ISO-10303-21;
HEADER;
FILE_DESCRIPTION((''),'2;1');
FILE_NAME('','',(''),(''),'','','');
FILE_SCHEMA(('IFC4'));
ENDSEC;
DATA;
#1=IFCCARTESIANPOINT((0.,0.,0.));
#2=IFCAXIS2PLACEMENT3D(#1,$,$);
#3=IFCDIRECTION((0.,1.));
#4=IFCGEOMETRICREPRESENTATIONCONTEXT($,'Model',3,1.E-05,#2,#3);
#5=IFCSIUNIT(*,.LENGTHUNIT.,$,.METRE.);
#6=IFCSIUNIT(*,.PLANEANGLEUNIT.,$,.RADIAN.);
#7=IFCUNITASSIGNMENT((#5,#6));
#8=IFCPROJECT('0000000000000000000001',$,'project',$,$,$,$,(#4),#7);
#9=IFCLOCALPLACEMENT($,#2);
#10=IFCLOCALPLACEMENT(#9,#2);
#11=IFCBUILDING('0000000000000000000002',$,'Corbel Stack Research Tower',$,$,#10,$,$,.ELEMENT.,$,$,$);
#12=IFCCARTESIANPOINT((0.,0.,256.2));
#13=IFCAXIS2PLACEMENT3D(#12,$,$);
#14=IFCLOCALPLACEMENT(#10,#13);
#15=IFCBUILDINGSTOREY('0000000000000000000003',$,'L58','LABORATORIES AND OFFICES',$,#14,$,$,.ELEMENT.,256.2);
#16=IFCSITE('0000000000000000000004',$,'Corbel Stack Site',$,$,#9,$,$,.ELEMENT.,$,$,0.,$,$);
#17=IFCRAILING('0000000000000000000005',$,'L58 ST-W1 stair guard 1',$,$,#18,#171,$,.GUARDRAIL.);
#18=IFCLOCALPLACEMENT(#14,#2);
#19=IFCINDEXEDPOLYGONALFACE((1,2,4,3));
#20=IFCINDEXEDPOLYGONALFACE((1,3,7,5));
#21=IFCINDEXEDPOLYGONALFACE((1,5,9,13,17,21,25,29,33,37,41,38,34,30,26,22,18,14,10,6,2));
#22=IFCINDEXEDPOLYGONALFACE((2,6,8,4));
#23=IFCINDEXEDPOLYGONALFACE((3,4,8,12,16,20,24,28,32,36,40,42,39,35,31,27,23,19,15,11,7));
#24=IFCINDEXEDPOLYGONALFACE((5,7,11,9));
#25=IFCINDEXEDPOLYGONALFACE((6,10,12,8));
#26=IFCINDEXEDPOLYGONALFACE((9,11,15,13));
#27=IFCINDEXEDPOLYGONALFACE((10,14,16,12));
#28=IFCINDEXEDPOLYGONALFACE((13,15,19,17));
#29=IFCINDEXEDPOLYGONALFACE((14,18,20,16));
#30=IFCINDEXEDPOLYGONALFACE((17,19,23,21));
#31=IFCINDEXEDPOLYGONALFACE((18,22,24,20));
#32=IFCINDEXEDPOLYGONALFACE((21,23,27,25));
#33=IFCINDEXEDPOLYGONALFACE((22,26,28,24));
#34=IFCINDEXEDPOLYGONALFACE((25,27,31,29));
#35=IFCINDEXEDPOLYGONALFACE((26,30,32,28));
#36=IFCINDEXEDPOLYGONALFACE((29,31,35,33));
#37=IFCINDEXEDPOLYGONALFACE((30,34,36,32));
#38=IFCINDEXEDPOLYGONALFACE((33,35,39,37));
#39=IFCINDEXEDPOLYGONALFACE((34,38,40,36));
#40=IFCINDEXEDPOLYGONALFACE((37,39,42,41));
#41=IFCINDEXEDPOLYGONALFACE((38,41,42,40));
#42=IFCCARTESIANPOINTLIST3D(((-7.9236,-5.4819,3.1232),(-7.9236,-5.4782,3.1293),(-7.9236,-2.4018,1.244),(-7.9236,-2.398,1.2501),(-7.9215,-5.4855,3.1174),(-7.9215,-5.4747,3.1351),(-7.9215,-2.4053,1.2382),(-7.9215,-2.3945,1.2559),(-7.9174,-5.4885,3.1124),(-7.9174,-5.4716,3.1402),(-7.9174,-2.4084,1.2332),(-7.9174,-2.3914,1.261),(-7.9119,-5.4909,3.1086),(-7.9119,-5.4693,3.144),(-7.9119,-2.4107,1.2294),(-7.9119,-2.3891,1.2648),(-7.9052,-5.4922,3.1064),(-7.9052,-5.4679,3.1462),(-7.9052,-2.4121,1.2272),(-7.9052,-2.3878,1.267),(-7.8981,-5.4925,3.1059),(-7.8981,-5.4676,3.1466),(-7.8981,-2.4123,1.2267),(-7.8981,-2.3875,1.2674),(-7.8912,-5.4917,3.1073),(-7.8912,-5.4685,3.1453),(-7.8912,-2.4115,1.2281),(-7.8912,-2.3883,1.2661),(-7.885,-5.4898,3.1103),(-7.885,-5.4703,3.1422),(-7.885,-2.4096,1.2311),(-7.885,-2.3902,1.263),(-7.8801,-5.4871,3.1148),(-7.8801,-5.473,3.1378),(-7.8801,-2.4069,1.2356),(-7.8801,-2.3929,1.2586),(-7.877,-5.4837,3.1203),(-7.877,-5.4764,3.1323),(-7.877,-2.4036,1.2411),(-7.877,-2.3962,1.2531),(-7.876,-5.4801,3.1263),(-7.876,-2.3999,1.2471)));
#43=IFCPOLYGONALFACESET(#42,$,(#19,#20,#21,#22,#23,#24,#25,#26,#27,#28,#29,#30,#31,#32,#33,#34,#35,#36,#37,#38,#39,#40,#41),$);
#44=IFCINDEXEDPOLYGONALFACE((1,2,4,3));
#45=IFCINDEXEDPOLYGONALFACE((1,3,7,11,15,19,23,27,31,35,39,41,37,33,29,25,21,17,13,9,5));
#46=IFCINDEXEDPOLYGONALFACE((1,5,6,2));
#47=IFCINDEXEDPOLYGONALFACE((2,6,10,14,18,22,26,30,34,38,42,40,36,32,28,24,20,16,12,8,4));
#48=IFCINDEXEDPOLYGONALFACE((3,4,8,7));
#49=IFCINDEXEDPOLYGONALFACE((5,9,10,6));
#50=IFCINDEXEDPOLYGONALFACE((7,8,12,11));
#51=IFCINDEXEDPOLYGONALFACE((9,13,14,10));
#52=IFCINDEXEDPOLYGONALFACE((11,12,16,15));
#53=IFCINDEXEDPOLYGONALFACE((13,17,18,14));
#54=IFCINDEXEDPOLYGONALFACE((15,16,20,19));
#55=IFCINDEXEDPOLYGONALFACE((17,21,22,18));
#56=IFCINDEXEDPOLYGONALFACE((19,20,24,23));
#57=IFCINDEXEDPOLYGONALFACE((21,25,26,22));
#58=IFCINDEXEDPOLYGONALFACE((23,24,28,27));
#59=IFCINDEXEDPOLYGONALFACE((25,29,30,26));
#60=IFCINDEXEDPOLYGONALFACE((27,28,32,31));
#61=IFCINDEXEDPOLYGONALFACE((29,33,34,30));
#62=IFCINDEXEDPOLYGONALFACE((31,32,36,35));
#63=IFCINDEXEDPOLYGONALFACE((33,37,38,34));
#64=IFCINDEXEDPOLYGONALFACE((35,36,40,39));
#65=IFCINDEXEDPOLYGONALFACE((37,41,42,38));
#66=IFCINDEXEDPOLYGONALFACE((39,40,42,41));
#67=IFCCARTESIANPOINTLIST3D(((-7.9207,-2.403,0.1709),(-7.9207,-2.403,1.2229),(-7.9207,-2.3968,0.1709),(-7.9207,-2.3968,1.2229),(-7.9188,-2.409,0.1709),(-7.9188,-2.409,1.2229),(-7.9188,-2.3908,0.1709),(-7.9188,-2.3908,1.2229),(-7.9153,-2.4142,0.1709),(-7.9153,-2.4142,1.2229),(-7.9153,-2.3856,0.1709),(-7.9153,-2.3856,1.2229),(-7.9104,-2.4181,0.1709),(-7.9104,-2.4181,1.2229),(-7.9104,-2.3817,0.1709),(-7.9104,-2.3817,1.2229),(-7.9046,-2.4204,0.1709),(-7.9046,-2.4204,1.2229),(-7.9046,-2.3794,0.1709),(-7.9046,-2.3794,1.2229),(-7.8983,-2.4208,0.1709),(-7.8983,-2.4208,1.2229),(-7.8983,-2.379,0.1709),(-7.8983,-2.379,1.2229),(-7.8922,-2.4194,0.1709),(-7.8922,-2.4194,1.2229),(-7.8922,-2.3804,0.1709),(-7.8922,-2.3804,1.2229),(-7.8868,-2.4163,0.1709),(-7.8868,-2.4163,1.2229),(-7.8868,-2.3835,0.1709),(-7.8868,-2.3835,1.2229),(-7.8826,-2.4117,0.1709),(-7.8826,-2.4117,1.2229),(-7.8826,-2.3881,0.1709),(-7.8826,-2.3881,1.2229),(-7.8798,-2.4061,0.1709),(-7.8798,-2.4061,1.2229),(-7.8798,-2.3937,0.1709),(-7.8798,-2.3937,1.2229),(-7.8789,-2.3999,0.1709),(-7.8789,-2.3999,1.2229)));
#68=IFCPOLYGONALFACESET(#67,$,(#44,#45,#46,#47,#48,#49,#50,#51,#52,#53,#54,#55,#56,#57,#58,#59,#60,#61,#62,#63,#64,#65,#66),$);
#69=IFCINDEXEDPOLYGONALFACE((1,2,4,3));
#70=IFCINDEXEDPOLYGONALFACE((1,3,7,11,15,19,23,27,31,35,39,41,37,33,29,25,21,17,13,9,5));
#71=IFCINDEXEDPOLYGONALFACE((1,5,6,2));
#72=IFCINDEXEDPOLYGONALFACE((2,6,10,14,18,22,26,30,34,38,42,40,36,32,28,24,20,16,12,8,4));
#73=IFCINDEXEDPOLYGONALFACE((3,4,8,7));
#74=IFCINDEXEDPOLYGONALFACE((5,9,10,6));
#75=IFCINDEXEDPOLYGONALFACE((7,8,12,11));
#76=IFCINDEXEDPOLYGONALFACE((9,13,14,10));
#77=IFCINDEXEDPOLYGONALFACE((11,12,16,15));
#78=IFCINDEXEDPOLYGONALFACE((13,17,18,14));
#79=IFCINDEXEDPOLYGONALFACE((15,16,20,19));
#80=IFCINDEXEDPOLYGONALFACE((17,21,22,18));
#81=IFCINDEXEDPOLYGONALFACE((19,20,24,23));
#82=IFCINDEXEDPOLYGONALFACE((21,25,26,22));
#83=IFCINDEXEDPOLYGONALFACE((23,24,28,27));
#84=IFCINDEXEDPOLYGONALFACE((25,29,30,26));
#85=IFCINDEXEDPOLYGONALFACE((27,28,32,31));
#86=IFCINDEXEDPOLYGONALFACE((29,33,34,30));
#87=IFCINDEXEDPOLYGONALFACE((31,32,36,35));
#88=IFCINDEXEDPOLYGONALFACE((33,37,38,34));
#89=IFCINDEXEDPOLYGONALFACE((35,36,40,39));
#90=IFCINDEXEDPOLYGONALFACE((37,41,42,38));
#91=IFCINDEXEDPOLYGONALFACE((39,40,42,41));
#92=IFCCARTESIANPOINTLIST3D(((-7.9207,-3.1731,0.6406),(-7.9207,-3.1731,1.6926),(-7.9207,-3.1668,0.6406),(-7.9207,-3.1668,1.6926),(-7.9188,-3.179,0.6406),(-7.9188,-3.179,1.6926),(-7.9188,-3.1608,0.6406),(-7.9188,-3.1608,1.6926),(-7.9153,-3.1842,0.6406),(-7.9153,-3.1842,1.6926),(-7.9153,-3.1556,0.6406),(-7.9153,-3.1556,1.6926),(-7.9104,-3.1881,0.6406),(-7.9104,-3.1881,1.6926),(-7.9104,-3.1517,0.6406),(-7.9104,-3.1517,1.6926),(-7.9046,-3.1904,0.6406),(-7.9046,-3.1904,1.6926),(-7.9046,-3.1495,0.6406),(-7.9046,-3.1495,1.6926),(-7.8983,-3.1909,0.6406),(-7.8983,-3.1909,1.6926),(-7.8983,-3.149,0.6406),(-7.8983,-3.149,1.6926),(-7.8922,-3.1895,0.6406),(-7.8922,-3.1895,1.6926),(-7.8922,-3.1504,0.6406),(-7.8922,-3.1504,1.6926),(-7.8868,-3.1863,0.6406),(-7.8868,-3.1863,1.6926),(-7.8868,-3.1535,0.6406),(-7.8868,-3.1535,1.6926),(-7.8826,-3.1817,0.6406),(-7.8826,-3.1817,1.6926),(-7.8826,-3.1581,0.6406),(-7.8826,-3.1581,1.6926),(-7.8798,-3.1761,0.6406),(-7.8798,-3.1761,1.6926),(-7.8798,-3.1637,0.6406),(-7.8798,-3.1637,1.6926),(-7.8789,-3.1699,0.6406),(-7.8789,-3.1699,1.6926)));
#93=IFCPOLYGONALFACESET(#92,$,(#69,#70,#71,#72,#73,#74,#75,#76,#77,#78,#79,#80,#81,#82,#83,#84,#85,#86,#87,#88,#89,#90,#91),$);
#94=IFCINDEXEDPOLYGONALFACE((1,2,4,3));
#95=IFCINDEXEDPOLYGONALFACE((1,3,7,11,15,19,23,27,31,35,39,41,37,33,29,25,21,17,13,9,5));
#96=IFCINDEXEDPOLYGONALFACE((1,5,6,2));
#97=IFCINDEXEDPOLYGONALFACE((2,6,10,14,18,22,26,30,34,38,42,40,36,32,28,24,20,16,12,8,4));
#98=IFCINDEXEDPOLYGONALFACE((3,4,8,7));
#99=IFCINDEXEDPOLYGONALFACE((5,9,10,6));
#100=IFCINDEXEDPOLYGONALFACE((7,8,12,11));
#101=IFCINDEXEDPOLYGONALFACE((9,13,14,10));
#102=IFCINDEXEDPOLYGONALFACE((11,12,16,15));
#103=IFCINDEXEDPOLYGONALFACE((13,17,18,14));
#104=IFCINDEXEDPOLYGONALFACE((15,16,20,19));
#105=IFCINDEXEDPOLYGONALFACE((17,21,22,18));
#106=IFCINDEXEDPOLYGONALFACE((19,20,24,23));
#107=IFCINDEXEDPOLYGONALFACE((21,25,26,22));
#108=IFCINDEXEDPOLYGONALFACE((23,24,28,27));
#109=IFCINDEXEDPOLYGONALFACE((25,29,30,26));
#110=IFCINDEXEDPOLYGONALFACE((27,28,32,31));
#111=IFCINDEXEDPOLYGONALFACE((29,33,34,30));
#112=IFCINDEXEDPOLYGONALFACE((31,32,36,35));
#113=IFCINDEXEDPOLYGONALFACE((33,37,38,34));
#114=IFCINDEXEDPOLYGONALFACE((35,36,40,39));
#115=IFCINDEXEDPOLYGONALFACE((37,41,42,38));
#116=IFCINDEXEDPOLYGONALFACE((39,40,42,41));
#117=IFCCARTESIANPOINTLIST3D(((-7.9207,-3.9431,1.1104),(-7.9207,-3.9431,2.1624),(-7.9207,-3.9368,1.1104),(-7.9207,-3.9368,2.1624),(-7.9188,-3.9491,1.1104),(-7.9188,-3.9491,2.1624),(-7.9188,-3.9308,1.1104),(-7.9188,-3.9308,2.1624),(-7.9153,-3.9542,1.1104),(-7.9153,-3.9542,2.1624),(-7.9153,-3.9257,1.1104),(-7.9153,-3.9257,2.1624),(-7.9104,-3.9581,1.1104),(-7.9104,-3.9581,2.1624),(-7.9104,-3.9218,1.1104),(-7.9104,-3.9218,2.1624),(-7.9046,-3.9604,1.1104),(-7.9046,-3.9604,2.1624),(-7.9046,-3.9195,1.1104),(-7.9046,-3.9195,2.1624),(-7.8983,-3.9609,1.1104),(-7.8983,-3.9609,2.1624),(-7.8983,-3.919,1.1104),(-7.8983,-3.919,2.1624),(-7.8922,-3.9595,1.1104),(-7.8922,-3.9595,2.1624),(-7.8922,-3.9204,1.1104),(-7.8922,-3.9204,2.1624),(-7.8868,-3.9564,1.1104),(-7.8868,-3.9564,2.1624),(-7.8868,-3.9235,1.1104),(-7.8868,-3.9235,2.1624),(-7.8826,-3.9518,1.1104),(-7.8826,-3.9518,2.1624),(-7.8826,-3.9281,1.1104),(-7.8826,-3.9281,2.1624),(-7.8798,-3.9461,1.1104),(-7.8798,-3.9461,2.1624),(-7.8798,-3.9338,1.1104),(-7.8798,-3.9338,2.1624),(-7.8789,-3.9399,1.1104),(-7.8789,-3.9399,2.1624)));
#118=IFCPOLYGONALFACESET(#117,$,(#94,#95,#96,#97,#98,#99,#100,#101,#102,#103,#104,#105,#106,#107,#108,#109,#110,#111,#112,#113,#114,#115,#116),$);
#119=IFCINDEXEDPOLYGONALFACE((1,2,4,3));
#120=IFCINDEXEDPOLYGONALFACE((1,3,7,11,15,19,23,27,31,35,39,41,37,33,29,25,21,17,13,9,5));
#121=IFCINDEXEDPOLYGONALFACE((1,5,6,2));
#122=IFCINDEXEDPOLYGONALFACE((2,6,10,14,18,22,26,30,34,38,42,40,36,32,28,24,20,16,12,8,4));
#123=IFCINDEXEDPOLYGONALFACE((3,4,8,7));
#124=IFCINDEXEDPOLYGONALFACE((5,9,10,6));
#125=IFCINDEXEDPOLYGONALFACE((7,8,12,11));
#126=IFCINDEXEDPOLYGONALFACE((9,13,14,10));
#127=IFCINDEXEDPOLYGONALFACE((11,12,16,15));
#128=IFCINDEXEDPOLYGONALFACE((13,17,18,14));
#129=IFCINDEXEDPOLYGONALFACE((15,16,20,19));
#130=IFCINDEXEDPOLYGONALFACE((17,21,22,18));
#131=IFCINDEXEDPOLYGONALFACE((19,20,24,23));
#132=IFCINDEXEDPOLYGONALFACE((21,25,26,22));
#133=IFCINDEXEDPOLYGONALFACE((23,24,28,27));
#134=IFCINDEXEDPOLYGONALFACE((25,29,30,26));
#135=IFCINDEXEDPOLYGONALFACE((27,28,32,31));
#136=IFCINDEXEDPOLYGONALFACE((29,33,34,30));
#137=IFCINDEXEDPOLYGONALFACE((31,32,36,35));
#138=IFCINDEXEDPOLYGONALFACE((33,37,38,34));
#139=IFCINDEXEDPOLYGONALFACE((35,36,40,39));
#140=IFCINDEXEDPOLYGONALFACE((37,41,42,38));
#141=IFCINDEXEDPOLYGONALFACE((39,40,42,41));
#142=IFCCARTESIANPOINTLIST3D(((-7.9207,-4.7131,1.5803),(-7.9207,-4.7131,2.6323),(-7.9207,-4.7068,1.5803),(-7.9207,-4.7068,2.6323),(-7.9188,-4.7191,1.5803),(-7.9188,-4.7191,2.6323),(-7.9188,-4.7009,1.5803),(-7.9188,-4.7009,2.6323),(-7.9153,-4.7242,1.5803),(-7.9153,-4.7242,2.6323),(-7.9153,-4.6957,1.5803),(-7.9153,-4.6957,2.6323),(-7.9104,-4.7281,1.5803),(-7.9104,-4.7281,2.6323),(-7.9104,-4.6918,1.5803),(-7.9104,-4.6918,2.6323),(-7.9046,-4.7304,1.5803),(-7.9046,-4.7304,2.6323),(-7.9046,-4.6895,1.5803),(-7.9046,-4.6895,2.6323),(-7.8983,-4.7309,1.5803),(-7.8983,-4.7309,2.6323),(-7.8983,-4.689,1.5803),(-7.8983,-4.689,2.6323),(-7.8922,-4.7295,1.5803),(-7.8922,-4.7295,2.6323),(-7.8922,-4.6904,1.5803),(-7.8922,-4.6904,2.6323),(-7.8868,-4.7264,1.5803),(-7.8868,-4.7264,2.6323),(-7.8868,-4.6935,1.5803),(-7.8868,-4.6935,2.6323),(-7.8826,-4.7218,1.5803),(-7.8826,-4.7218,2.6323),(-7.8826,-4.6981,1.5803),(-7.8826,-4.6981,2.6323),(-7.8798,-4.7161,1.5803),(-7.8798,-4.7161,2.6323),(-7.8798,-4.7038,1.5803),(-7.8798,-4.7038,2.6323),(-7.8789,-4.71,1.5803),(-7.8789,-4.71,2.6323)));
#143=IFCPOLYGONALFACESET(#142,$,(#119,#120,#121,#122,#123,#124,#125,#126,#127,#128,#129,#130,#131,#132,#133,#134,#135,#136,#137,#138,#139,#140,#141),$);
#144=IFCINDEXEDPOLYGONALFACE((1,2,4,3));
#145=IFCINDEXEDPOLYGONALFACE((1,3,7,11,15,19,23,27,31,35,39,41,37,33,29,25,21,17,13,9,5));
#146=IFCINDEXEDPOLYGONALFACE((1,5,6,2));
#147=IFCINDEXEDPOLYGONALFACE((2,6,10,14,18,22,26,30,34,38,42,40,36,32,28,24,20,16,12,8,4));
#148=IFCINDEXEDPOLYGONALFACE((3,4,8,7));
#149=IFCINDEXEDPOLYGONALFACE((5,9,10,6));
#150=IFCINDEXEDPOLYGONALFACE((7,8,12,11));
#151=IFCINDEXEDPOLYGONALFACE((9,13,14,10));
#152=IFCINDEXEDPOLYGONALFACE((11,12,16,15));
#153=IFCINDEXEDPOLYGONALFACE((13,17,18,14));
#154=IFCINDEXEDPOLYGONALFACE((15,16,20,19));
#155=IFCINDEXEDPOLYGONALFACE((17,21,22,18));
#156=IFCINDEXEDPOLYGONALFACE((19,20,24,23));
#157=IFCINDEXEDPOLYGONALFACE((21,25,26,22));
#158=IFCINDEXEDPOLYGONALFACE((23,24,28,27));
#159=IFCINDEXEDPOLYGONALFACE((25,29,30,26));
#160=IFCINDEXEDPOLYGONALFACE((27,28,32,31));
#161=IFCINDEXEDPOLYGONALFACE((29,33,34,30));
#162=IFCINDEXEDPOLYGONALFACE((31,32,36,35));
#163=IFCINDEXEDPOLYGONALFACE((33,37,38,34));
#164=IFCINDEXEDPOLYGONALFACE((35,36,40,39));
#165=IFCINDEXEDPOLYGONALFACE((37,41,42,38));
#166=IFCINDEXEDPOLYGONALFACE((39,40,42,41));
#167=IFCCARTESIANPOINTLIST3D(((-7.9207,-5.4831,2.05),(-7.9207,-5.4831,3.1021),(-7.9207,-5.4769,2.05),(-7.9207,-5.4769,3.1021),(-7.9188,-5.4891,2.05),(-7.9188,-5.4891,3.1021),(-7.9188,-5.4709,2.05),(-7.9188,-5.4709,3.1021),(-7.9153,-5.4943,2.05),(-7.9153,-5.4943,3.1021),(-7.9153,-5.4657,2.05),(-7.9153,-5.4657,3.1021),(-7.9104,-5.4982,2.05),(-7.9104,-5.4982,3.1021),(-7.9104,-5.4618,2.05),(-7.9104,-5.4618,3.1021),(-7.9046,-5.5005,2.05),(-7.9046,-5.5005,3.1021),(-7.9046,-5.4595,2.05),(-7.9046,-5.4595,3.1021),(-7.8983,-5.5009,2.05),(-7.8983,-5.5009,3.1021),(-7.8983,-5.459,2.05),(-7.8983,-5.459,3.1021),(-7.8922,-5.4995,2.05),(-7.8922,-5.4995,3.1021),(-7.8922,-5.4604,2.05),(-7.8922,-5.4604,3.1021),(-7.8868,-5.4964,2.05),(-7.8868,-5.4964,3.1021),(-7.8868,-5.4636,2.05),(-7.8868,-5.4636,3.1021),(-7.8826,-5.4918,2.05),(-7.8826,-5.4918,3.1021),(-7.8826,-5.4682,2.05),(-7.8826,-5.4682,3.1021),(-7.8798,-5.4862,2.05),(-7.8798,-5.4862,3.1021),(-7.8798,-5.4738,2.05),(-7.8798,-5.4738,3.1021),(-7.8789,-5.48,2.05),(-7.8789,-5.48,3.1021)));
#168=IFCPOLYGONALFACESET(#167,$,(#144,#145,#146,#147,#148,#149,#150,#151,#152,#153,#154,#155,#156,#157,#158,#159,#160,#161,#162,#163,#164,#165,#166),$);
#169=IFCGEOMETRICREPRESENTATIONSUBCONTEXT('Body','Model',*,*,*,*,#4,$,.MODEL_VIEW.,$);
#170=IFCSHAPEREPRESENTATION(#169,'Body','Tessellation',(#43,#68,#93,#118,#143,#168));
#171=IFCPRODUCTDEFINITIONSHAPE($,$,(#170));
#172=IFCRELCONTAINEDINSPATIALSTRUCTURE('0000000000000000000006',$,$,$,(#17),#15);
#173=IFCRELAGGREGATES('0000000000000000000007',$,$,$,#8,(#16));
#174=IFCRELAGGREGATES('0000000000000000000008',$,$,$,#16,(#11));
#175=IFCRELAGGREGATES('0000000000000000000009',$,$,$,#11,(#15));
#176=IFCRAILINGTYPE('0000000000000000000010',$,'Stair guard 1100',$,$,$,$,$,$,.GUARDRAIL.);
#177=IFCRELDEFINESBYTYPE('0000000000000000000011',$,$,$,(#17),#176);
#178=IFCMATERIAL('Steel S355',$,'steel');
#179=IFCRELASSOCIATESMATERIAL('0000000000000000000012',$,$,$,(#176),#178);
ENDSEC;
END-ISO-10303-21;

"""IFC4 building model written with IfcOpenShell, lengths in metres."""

from ifc_helpers import new_model, si_unit, direction, frame, origin, origin_2d, place, context, subcontext, project, spatial, circle, extrude, material, type_object, element, save


model = new_model("IFC4")

# Units and contexts
model_context = context("Model", 3, precision=1e-05, world=origin(), true_north=direction((0.0, 1.0)))
body_context = subcontext(model_context, "Body", "Model", "MODEL_VIEW")
ifc_project = project(units=[si_unit("LENGTHUNIT", "METRE"), si_unit("PLANEANGLEUNIT", "RADIAN")], contexts=[model_context])

# Site, building, storey
site_placement = place(None, origin())
site = spatial("IfcSite", under=ifc_project, at=site_placement, Name="Corbel Stack Site", CompositionType="ELEMENT", RefElevation=0.0)
building_placement = place(site_placement, origin())
building = spatial("IfcBuilding", under=site, at=building_placement, Name="Corbel Stack Research Tower", CompositionType="ELEMENT")
storey_placement = place(building_placement, frame((0.0, 0.0, 256.2)))
storey = spatial("IfcBuildingStorey", under=building, at=storey_placement, Name="L58", Description="LABORATORIES AND OFFICES", CompositionType="ELEMENT", Elevation=256.2)

# Railing
ifc_material_1 = material(Name="Steel S355", Category="steel")
railing_type_1 = type_object("IfcRailingType", Name="Stair guard 1100", PredefinedType="GUARDRAIL", material=ifc_material_1)
railing_1_placement = place(storey_placement, frame((-7.8999, -2.3999, 0.1709)))
element("IfcRailing", 1, at=railing_1_placement, inside=storey, type_object=railing_type_1, Name="L58 ST-W1 stair guard 1", PredefinedType="GUARDRAIL", context=body_context, shape_type="SweptSolid", body=[
    extrude(circle(Radius=0.0239, at=origin_2d()), frame((0.0, 0.0, 1.0762), z_axis=(0.0, -0.853666, 0.52082), x_axis=(1.0, 0.0, 0.0)), (0.0, 0.0, 1.0), 3.6082),
    extrude(circle(Radius=0.021, at=origin_2d()), origin(), (0.0, 0.0, 1.0), 1.052),
    extrude(circle(Radius=0.021, at=origin_2d()), frame((0.0, -0.77, 0.4697)), (0.0, 0.0, 1.0), 1.052),
    extrude(circle(Radius=0.021, at=origin_2d()), frame((0.0, -1.54, 0.9395)), (0.0, 0.0, 1.0), 1.052),
    extrude(circle(Radius=0.021, at=origin_2d()), frame((0.0, -2.3101, 1.4094)), (0.0, 0.0, 1.0), 1.052),
    extrude(circle(Radius=0.021, at=origin_2d()), frame((0.0, -3.0801, 1.8792)), (0.0, 0.0, 1.0), 1.052),
])

save(model, "model.ifc")
